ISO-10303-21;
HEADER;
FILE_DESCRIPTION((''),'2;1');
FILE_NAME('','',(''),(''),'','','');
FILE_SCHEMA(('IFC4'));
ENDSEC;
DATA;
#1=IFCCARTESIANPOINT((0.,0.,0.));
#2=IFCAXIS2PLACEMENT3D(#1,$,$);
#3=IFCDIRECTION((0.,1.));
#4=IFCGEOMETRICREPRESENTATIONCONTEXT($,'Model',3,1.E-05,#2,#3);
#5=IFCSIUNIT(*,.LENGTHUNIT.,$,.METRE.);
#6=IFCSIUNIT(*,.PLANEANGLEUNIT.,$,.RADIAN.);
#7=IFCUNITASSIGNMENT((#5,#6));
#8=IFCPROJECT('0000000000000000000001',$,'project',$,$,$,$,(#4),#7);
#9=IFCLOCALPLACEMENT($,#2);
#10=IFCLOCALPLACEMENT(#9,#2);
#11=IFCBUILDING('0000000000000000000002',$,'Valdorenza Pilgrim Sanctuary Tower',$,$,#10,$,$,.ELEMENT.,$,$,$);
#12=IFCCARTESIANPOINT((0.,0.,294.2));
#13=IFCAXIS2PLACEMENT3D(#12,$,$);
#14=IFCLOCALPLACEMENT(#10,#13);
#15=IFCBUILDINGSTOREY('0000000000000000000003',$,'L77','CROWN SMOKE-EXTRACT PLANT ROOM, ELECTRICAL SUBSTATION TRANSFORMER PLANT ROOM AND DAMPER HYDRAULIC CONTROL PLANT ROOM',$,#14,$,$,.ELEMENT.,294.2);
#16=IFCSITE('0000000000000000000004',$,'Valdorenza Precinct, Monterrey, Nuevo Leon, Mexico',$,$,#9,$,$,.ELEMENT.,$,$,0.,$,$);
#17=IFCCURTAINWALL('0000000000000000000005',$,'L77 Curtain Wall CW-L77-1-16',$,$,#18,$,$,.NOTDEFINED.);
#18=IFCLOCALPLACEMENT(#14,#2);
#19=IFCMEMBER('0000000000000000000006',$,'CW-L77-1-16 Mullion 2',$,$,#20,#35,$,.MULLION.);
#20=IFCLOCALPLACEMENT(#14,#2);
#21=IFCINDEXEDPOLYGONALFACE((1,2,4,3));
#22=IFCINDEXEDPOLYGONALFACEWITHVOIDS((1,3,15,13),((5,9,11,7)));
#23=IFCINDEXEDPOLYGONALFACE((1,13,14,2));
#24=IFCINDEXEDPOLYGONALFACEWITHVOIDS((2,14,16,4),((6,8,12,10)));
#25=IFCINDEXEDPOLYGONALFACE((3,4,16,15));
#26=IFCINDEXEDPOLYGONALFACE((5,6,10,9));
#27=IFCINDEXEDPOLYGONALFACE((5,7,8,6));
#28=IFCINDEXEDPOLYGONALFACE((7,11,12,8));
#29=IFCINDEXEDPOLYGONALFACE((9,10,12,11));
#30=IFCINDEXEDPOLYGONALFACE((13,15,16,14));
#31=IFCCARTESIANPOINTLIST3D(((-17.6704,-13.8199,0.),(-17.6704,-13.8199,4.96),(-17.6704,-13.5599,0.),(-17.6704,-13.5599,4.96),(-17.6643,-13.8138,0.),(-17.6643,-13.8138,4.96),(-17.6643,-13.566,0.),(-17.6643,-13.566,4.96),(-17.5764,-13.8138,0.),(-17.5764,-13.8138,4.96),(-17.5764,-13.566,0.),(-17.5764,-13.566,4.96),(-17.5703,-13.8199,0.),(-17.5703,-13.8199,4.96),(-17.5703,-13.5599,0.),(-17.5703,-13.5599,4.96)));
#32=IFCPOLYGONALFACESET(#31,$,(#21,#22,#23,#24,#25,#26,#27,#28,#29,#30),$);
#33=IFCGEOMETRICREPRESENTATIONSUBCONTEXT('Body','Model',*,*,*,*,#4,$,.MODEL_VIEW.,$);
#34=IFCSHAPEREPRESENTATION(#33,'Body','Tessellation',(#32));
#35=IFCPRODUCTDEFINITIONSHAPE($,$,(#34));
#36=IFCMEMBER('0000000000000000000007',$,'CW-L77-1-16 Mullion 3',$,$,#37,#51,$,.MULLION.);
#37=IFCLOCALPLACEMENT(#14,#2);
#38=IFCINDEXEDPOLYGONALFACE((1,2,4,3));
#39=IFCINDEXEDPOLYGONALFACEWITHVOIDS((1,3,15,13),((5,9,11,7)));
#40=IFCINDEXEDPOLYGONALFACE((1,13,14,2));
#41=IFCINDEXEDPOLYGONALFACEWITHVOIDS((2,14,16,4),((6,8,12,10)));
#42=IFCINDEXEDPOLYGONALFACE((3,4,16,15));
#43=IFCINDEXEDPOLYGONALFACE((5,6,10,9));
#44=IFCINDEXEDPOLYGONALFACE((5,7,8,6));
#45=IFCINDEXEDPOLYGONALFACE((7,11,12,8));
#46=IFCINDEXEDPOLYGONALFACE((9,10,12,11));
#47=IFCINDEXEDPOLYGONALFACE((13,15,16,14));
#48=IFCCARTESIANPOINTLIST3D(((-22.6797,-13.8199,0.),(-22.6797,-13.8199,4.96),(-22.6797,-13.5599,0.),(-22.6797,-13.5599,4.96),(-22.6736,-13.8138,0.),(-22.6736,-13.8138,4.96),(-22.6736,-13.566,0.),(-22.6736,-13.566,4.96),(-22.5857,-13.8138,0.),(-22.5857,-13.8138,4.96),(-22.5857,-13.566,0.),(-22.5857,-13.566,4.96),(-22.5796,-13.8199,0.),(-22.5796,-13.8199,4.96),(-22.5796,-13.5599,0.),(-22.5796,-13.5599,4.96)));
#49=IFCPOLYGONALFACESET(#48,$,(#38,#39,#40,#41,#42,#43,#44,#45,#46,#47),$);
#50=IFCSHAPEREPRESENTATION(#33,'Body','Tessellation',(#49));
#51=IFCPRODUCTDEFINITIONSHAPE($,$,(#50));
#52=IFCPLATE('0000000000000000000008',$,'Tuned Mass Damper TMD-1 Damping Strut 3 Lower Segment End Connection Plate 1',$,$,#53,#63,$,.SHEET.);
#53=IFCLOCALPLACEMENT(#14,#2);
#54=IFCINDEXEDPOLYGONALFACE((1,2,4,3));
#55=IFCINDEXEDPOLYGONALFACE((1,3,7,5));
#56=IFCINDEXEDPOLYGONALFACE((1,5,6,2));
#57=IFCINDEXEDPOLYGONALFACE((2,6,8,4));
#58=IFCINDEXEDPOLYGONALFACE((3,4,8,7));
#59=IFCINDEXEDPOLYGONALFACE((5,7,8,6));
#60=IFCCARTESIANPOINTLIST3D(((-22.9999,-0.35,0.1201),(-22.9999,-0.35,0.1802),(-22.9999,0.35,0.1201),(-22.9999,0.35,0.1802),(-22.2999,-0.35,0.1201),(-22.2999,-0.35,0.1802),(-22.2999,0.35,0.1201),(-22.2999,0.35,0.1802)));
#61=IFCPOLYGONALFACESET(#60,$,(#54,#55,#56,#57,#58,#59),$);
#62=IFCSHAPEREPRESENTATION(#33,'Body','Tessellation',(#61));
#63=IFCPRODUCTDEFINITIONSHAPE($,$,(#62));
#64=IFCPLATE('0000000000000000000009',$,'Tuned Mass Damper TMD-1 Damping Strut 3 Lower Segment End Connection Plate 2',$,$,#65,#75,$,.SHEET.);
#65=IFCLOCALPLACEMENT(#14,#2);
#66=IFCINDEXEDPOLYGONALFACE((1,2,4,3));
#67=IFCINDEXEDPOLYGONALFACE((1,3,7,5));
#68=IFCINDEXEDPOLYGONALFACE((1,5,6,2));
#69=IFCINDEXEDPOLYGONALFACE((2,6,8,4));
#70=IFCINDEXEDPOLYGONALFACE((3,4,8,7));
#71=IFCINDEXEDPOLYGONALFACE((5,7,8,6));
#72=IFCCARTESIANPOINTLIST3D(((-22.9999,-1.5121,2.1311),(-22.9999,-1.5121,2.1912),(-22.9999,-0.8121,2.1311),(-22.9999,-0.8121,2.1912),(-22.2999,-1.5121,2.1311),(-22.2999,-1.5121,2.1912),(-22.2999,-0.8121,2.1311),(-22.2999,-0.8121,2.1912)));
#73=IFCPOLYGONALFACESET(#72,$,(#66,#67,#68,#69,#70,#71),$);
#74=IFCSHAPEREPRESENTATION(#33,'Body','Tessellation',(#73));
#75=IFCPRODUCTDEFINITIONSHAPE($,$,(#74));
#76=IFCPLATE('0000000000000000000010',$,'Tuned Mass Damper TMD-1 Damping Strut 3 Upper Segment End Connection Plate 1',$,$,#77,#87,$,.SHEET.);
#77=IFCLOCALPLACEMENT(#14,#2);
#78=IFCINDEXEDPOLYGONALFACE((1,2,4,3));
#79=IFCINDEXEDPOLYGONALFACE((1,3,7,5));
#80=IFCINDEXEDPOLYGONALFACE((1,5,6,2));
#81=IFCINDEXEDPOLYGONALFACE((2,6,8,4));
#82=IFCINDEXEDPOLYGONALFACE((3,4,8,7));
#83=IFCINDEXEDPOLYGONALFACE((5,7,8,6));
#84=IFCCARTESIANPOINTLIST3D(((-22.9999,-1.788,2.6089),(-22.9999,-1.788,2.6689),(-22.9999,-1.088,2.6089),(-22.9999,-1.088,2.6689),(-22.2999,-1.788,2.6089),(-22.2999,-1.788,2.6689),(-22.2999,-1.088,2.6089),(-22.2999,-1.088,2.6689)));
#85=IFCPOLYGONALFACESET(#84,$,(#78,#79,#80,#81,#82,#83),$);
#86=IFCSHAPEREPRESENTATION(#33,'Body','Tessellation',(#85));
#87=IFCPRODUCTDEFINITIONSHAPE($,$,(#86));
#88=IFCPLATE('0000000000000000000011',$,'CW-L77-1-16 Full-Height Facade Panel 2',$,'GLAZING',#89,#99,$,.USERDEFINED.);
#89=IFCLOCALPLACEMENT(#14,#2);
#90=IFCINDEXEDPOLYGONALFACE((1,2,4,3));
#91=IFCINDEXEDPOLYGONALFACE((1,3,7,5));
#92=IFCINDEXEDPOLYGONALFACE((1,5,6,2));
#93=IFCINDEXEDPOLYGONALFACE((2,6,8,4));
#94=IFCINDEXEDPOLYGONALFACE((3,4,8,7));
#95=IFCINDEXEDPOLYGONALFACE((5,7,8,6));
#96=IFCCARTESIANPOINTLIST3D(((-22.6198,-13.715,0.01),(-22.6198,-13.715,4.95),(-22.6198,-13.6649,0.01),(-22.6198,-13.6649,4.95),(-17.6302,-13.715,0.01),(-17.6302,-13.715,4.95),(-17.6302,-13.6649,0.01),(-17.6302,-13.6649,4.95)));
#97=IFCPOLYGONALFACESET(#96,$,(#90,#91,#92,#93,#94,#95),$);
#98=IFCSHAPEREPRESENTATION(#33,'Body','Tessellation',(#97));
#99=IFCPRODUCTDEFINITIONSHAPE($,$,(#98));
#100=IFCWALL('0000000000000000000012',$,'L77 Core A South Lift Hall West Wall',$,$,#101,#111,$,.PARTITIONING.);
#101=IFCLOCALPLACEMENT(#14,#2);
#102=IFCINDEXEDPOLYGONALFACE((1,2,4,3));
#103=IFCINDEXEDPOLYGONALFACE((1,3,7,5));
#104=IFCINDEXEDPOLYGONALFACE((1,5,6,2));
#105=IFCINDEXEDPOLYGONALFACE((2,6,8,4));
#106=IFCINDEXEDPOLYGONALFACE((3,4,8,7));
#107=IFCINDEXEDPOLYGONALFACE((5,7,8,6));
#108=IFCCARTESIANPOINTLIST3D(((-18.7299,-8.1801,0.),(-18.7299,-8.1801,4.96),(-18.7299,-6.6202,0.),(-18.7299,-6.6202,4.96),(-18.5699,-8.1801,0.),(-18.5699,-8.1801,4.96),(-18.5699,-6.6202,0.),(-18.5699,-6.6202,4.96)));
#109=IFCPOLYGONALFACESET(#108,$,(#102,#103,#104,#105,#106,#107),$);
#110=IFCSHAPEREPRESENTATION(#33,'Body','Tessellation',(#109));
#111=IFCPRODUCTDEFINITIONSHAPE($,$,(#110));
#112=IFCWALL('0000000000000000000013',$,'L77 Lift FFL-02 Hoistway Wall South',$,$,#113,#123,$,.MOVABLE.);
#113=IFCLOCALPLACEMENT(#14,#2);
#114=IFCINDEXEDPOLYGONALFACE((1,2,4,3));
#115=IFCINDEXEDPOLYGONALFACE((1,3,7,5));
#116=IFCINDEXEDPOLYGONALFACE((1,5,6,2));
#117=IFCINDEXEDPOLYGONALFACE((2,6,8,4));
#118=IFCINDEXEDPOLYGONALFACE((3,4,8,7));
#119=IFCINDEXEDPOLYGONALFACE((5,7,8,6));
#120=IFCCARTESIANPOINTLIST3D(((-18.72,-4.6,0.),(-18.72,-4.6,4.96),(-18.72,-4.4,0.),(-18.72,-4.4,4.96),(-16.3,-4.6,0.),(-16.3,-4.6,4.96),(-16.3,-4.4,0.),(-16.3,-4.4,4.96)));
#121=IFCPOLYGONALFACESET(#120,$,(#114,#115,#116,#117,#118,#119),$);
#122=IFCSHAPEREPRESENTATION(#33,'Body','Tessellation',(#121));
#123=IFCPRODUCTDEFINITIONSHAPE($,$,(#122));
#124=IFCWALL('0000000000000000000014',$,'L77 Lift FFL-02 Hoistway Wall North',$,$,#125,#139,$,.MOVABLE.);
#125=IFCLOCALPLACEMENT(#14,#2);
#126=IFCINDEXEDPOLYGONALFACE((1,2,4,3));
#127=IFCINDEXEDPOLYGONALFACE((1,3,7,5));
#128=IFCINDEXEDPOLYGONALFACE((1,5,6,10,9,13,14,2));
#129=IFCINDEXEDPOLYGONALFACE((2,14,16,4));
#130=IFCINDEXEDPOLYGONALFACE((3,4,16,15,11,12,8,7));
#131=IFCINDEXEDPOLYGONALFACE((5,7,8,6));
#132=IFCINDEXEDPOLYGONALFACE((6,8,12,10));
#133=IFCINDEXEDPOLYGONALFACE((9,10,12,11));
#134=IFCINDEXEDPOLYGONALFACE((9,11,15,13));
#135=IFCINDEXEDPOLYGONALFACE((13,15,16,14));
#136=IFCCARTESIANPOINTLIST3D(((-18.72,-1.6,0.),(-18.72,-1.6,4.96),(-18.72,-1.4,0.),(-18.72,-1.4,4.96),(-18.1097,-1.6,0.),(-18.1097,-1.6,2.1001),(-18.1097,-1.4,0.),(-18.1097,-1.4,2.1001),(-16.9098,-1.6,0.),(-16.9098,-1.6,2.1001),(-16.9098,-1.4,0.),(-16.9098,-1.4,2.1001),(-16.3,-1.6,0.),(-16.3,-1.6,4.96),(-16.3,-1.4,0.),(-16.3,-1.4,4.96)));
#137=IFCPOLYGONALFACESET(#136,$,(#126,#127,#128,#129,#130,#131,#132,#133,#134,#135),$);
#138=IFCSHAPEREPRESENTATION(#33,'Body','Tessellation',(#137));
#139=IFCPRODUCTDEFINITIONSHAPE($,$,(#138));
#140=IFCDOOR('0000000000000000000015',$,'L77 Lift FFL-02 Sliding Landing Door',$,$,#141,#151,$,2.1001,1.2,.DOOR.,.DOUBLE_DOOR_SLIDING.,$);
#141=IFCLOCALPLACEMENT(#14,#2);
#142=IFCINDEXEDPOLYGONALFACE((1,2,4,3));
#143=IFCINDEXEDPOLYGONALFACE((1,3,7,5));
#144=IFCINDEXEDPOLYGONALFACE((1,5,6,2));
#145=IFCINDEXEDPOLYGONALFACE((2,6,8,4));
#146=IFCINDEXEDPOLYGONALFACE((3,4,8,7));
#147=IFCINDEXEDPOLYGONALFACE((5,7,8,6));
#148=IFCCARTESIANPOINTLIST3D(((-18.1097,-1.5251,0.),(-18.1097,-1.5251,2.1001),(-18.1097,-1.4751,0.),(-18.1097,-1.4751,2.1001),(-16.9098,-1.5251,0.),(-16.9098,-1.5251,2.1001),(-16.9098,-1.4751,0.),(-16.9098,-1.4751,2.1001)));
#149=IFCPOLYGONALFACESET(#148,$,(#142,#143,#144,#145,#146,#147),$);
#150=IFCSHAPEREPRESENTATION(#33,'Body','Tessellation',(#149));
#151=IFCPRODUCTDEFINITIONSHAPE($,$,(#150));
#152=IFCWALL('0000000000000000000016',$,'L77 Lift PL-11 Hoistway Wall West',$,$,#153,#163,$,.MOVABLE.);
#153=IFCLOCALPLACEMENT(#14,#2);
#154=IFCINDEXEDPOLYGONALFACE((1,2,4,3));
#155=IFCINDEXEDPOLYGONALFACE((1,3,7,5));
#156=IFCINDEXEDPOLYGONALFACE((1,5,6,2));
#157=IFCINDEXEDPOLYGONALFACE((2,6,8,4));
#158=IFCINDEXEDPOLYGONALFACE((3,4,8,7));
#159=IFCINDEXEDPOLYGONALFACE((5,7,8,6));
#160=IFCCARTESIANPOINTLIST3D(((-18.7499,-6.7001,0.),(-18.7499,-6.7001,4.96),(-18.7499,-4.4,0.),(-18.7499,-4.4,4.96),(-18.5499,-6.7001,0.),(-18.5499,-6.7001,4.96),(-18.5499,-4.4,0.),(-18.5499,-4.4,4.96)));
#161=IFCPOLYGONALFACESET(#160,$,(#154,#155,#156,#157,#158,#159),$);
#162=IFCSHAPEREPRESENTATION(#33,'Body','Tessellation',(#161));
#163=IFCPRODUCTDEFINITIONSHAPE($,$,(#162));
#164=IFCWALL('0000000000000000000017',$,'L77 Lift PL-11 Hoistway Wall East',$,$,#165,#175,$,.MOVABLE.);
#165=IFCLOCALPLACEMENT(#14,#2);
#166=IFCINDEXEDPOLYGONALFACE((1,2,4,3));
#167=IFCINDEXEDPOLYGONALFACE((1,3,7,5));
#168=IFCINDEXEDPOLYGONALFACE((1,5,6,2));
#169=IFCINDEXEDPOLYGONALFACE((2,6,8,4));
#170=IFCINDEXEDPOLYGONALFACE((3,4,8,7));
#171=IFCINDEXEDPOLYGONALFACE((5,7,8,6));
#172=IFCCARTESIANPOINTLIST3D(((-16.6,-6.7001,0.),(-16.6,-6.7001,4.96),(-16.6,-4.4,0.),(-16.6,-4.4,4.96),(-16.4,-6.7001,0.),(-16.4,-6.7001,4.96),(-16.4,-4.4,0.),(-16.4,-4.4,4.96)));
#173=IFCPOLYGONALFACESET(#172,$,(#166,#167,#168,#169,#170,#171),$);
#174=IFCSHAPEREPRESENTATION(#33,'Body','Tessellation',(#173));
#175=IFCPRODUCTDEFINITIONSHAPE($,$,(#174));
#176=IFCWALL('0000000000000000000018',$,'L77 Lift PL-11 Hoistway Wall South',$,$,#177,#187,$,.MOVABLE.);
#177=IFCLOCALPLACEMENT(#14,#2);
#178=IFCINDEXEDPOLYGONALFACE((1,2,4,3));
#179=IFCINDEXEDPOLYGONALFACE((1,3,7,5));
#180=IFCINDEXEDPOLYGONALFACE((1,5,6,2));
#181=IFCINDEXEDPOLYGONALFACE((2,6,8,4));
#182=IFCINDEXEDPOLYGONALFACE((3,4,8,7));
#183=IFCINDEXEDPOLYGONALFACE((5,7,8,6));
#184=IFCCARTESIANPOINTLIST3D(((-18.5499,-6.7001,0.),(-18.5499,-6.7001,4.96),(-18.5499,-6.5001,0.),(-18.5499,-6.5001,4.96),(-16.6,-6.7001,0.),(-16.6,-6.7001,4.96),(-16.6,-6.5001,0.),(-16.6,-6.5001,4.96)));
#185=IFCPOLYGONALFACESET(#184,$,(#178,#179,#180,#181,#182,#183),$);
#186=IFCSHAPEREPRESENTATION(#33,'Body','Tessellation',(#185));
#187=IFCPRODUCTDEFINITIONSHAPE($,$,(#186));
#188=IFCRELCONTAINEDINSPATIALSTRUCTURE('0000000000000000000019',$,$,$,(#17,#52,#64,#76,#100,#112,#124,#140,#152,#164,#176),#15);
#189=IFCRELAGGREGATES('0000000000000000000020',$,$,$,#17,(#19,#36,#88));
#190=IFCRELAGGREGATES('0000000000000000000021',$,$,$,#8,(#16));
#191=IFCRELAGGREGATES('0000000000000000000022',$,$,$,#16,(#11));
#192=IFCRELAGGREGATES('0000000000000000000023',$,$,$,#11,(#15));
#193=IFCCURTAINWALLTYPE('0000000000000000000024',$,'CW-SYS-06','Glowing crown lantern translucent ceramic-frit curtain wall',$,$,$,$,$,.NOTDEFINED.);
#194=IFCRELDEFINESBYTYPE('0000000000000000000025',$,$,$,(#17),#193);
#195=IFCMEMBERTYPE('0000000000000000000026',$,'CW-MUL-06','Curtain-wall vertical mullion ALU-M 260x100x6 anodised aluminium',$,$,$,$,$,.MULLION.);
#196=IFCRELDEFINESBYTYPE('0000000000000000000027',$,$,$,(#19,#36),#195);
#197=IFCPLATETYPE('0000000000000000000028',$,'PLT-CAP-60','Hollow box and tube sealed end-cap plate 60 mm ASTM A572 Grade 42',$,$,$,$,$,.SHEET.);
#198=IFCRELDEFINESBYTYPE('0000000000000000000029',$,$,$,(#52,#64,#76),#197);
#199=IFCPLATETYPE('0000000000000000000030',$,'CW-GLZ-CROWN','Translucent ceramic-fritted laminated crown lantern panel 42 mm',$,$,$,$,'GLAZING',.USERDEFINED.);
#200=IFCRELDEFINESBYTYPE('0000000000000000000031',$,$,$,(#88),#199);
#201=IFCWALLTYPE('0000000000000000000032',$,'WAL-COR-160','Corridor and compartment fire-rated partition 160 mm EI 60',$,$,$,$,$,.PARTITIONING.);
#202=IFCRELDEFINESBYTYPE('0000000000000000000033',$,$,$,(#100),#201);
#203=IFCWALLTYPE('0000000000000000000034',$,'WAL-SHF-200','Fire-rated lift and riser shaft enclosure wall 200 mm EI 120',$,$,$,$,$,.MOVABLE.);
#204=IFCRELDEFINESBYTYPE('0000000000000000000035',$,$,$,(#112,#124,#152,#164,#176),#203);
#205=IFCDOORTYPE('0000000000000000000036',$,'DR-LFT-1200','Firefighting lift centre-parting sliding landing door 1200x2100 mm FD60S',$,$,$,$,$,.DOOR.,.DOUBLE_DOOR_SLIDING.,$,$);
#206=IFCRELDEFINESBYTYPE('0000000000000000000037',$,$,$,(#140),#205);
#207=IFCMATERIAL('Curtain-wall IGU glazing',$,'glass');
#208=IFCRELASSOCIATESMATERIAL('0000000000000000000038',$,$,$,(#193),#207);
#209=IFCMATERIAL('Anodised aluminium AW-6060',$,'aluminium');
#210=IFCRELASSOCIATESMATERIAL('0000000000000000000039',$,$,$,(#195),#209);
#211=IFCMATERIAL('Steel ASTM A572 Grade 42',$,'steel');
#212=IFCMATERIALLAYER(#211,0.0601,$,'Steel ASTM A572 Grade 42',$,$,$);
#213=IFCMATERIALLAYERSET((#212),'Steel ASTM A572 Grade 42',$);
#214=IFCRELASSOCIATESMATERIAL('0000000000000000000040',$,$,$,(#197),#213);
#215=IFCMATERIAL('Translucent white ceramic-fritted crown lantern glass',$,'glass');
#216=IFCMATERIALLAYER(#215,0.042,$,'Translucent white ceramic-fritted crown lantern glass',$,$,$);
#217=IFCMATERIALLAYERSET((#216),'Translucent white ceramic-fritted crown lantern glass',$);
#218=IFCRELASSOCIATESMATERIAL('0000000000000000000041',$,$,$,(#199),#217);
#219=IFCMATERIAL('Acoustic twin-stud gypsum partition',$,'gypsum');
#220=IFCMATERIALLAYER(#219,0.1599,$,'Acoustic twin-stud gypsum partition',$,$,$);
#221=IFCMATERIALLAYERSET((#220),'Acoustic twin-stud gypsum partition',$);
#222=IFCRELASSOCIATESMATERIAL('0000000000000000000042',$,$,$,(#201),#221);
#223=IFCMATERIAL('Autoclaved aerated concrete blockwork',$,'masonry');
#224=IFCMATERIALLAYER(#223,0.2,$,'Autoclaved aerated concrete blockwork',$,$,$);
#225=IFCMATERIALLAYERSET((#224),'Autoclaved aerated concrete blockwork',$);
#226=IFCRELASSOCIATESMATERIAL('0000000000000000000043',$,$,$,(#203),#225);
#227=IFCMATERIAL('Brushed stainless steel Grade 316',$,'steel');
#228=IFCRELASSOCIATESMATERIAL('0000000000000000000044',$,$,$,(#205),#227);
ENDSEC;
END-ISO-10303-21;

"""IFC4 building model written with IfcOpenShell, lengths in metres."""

from ifc_helpers import new_model, si_unit, direction, frame, frame_2d, origin, origin_2d, place, context, subcontext, project, spatial, rectangle, hollow_rectangle, extrude, source, transform, mapped, material, layer, layer_set, material_profile, profile_set, type_object, element, fill, aggregate, save


model = new_model("IFC4")

# Units and contexts
model_context = context("Model", 3, precision=1e-05, world=origin(), true_north=direction((0.0, 1.0)))
body_context = subcontext(model_context, "Body", "Model", "MODEL_VIEW")
ifc_project = project(units=[si_unit("LENGTHUNIT", "METRE"), si_unit("PLANEANGLEUNIT", "RADIAN")], contexts=[model_context])

# Site, building, storey
site_placement = place(None, origin())
site = spatial("IfcSite", under=ifc_project, at=site_placement, Name="Valdorenza Precinct, Monterrey, Nuevo Leon, Mexico", CompositionType="ELEMENT", RefElevation=0.0)
building_placement = place(site_placement, origin())
building = spatial("IfcBuilding", under=site, at=building_placement, Name="Valdorenza Pilgrim Sanctuary Tower", CompositionType="ELEMENT")
storey_placement = place(building_placement, frame((0.0, 0.0, 294.2)))
storey = spatial("IfcBuildingStorey", under=building, at=storey_placement, Name="L77", Description="CROWN SMOKE-EXTRACT PLANT ROOM, ELECTRICAL SUBSTATION TRANSFORMER PLANT ROOM AND DAMPER HYDRAULIC CONTROL PLANT ROOM", CompositionType="ELEMENT", Elevation=294.2)

# Curtain wall, members
ifc_material_1 = material(Name="Curtain-wall IGU glazing", Category="glass")
curtain_wall_type = type_object("IfcCurtainWallType", Name="CW-SYS-06", Description="Glowing crown lantern translucent ceramic-frit curtain wall", PredefinedType="NOTDEFINED", material=ifc_material_1)
curtain_wall_placement = place(storey_placement, origin())
curtain_wall = element("IfcCurtainWall", 1, at=curtain_wall_placement, inside=storey, type_object=curtain_wall_type, Name="L77 Curtain Wall CW-L77-1-16", PredefinedType="NOTDEFINED")
ifc_material_2 = material(Name="Anodised aluminium AW-6060", Category="aluminium")
ifc_material_profile_1 = material_profile(ifc_material_2, hollow_rectangle(XDim=0.1001, YDim=0.26, WallThickness=0.0061, at=origin_2d()), Name="ALU-M 260x100x6")
ifc_profile_set_1 = profile_set([ifc_material_profile_1], Name="Anodised aluminium AW-6060")
member_type_1 = type_object("IfcMemberType", Name="CW-MUL-06", Description="Curtain-wall vertical mullion ALU-M 260x100x6 anodised aluminium", PredefinedType="MULLION", material=ifc_profile_set_1)
shared_shape_1 = source(origin(), body_context, "Body", "SweptSolid", [
    extrude(hollow_rectangle(XDim=0.1001, YDim=0.26, WallThickness=0.0061, at=origin_2d()), origin(), (0.0, 0.0, 1.0), 4.96),
])
member_1_placement = place(storey_placement, frame((-17.6204, -13.6899, 0.0), z_axis=(0.0, 0.0, 1.0), x_axis=(-1.0, 0.0, 0.0)))
member_1 = element("IfcMember", 2, at=member_1_placement, type_object=member_type_1, Name="CW-L77-1-16 Mullion 2", PredefinedType="MULLION", context=body_context, shape_type="MappedRepresentation", body=[
    mapped(shared_shape_1, transform((0.0, 0.0, 0.0), x_axis=(1.0, 0.0, 0.0), y_axis=(0.0, 1.0, 0.0), z_axis=(0.0, 0.0, 1.0), scale=1.0)),
])
member_2_placement = place(storey_placement, frame((-22.6296, -13.6899, 0.0), z_axis=(0.0, 0.0, 1.0), x_axis=(-1.0, 0.0, 0.0)))
member_2 = element("IfcMember", 3, at=member_2_placement, type_object=member_type_1, Name="CW-L77-1-16 Mullion 3", PredefinedType="MULLION", context=body_context, shape_type="MappedRepresentation", body=[
    mapped(shared_shape_1, transform((0.0, 0.0, 0.0), x_axis=(1.0, 0.0, 0.0), y_axis=(0.0, 1.0, 0.0), z_axis=(0.0, 0.0, 1.0), scale=1.0)),
])

# Plates
ifc_material_3 = material(Name="Steel ASTM A572 Grade 42", Category="steel")
ifc_layer_1 = layer(ifc_material_3, 0.0601, Name="Steel ASTM A572 Grade 42")
ifc_layer_set_1 = layer_set([ifc_layer_1], Name="Steel ASTM A572 Grade 42")
plate_type_1 = type_object("IfcPlateType", Name="PLT-CAP-60", Description="Hollow box and tube sealed end-cap plate 60 mm ASTM A572 Grade 42", PredefinedType="SHEET", material=ifc_layer_set_1)
shared_shape_2 = source(origin(), body_context, "Body", "SweptSolid", [
    extrude(rectangle(XDim=0.7, YDim=0.7, at=origin_2d()), origin(), (0.0, 0.0, 1.0), 0.0601),
])
for number, where, z_axis, x_axis, name in (
    (4, (-22.6499, 0.0, 0.1201), (0.0, 0.0, 1.0), (1.0, 0.0, 0.0), "Tuned Mass Damper TMD-1 Damping Strut 3 Lower Segment End Connection Plate 1"),
    (5, (-22.6499, -1.1621, 2.1311), (0.0, 0.0, 1.0), (1.0, 0.0, 0.0), "Tuned Mass Damper TMD-1 Damping Strut 3 Lower Segment End Connection Plate 2"),
    (6, (-22.6499, -1.438, 2.6089), (0.0, 0.0, 1.0), (1.0, 0.0, 0.0), "Tuned Mass Damper TMD-1 Damping Strut 3 Upper Segment End Connection Plate 1"),
):
    element("IfcPlate", number, at=place(storey_placement, frame(where, z_axis=z_axis, x_axis=x_axis)), inside=storey, type_object=plate_type_1, Name=name, PredefinedType="SHEET", context=body_context, shape_type="MappedRepresentation", body=[
        mapped(shared_shape_2, transform((0.0, 0.0, 0.0), x_axis=(1.0, 0.0, 0.0), y_axis=(0.0, 1.0, 0.0), z_axis=(0.0, 0.0, 1.0), scale=1.0)),
    ])

# Plate
ifc_material_4 = material(Name="Translucent white ceramic-fritted crown lantern glass", Category="glass")
ifc_layer_2 = layer(ifc_material_4, 0.042, Name="Translucent white ceramic-fritted crown lantern glass")
ifc_layer_set_2 = layer_set([ifc_layer_2], Name="Translucent white ceramic-fritted crown lantern glass")
plate_type_2 = type_object("IfcPlateType", Name="CW-GLZ-CROWN", Description="Translucent ceramic-fritted laminated crown lantern panel 42 mm", ElementType="GLAZING", PredefinedType="USERDEFINED", material=ifc_layer_set_2)
shared_shape_3 = source(origin(), body_context, "Body", "SweptSolid", [
    extrude(rectangle(XDim=4.9895, YDim=0.05, at=origin_2d()), origin(), (0.0, 0.0, 1.0), 4.9399),
])
plate_placement = place(storey_placement, frame((-20.125, -13.6899, 0.01), z_axis=(0.0, 0.0, 1.0), x_axis=(-1.0, 0.0, 0.0)))
plate = element("IfcPlate", 7, at=plate_placement, type_object=plate_type_2, Name="CW-L77-1-16 Full-Height Facade Panel 2", ObjectType="GLAZING", PredefinedType="USERDEFINED", context=body_context, shape_type="MappedRepresentation", body=[
    mapped(shared_shape_3, transform((0.0, 0.0, 0.0), x_axis=(1.0, 0.0, 0.0), y_axis=(0.0, 1.0, 0.0), z_axis=(0.0, 0.0, 1.0), scale=1.0)),
])
aggregate(curtain_wall, [member_1, member_2, plate])

# Walls
ifc_material_5 = material(Name="Acoustic twin-stud gypsum partition", Category="gypsum")
ifc_layer_3 = layer(ifc_material_5, 0.1599, Name="Acoustic twin-stud gypsum partition")
ifc_layer_set_3 = layer_set([ifc_layer_3], Name="Acoustic twin-stud gypsum partition")
wall_type_1 = type_object("IfcWallType", Name="WAL-COR-160", Description="Corridor and compartment fire-rated partition 160 mm EI 60", PredefinedType="PARTITIONING", material=ifc_layer_set_3)
wall_1_placement = place(storey_placement, frame((-18.6499, -8.1799, 0.0), z_axis=(0.0, 0.0, 1.0), x_axis=(0.0, 1.0, 0.0)))
element("IfcWall", 8, at=wall_1_placement, inside=storey, type_object=wall_type_1, Name="L77 Core A South Lift Hall West Wall", PredefinedType="PARTITIONING", context=body_context, shape_type="SweptSolid", body=[
    extrude(rectangle(XDim=1.5598, YDim=0.1599, at=frame_2d((0.7798, 0.0))), origin(), (0.0, 0.0, 1.0), 4.96),
])
ifc_material_6 = material(Name="Autoclaved aerated concrete blockwork", Category="masonry")
ifc_layer_4 = layer(ifc_material_6, 0.2, Name="Autoclaved aerated concrete blockwork")
ifc_layer_set_4 = layer_set([ifc_layer_4], Name="Autoclaved aerated concrete blockwork")
wall_type_2 = type_object("IfcWallType", Name="WAL-SHF-200", Description="Fire-rated lift and riser shaft enclosure wall 200 mm EI 120", PredefinedType="MOVABLE", material=ifc_layer_set_4)
wall_2_placement = place(storey_placement, frame((-18.72, -4.5, 0.0), z_axis=(0.0, 0.0, 1.0), x_axis=(1.0, 0.0, 0.0)))
element("IfcWall", 9, at=wall_2_placement, inside=storey, type_object=wall_type_2, Name="L77 Lift FFL-02 Hoistway Wall South", PredefinedType="MOVABLE", context=body_context, shape_type="SweptSolid", body=[
    extrude(rectangle(XDim=2.4199, YDim=0.2, at=frame_2d((1.21, 0.0))), origin(), (0.0, 0.0, 1.0), 4.96),
])

# Wall, opening, door
wall_3_placement = place(storey_placement, frame((-18.72, -1.5, 0.0), z_axis=(0.0, 0.0, 1.0), x_axis=(1.0, 0.0, 0.0)))
wall_3 = element("IfcWall", 10, at=wall_3_placement, inside=storey, type_object=wall_type_2, Name="L77 Lift FFL-02 Hoistway Wall North", PredefinedType="MOVABLE", context=body_context, shape_type="SweptSolid", body=[
    extrude(rectangle(XDim=2.4199, YDim=0.2, at=frame_2d((1.21, 0.0))), origin(), (0.0, 0.0, 1.0), 4.96),
])
opening_1_placement = place(wall_3_placement, frame((0.6101, 0.0, 0.0)))
opening_1 = element("IfcOpeningElement", 11, at=opening_1_placement, cuts=wall_3, PredefinedType="OPENING", context=body_context, shape_type="SweptSolid", body=[
    extrude(rectangle(XDim=1.2, YDim=2.1001, at=frame_2d((0.6001, 1.05))), frame((0.0, 0.1147, 0.0), z_axis=(0.0, -1.0, 0.0), x_axis=(1.0, 0.0, 0.0)), (0.0, 0.0, 1.0), 0.2297),
])
ifc_material_7 = material(Name="Brushed stainless steel Grade 316", Category="steel")
door_type_1 = type_object("IfcDoorType", Name="DR-LFT-1200", Description="Firefighting lift centre-parting sliding landing door 1200x2100 mm FD60S", OperationType="DOUBLE_DOOR_SLIDING", PredefinedType="DOOR", material=ifc_material_7)
door_1_placement = place(opening_1_placement, origin())
door_1 = element("IfcDoor", 12, at=door_1_placement, inside=storey, type_object=door_type_1, Name="L77 Lift FFL-02 Sliding Landing Door", OperationType="DOUBLE_DOOR_SLIDING", OverallHeight=2.1001, OverallWidth=1.2, PredefinedType="DOOR", context=body_context, shape_type="SweptSolid", body=[
    extrude(rectangle(XDim=1.2, YDim=2.1001, at=frame_2d((0.6001, 1.05))), frame((0.0, 0.0249, 0.0), z_axis=(0.0, -1.0, 0.0), x_axis=(1.0, 0.0, 0.0)), (0.0, 0.0, 1.0), 0.05),
])
fill(opening_1, door_1)

# Walls
for number, where, z_axis, x_axis, name in (
    (13, (-18.6499, -6.7, 0.0), (0.0, 0.0, 1.0), (0.0, 1.0, 0.0), "L77 Lift PL-11 Hoistway Wall West"),
    (14, (-16.5, -6.7, 0.0), (0.0, 0.0, 1.0), (0.0, 1.0, 0.0), "L77 Lift PL-11 Hoistway Wall East"),
):
    element("IfcWall", number, at=place(storey_placement, frame(where, z_axis=z_axis, x_axis=x_axis)), inside=storey, type_object=wall_type_2, Name=name, PredefinedType="MOVABLE", context=body_context, shape_type="SweptSolid", body=[
        extrude(rectangle(XDim=2.3, YDim=0.2, at=frame_2d((1.1499, 0.0))), origin(), (0.0, 0.0, 1.0), 4.96),
    ])
wall_4_placement = place(storey_placement, frame((-18.55, -6.6001, 0.0), z_axis=(0.0, 0.0, 1.0), x_axis=(1.0, 0.0, 0.0)))
element("IfcWall", 15, at=wall_4_placement, inside=storey, type_object=wall_type_2, Name="L77 Lift PL-11 Hoistway Wall South", PredefinedType="MOVABLE", context=body_context, shape_type="SweptSolid", body=[
    extrude(rectangle(XDim=1.95, YDim=0.2, at=frame_2d((0.9751, 0.0))), origin(), (0.0, 0.0, 1.0), 4.96),
])

save(model, "model.ifc")
